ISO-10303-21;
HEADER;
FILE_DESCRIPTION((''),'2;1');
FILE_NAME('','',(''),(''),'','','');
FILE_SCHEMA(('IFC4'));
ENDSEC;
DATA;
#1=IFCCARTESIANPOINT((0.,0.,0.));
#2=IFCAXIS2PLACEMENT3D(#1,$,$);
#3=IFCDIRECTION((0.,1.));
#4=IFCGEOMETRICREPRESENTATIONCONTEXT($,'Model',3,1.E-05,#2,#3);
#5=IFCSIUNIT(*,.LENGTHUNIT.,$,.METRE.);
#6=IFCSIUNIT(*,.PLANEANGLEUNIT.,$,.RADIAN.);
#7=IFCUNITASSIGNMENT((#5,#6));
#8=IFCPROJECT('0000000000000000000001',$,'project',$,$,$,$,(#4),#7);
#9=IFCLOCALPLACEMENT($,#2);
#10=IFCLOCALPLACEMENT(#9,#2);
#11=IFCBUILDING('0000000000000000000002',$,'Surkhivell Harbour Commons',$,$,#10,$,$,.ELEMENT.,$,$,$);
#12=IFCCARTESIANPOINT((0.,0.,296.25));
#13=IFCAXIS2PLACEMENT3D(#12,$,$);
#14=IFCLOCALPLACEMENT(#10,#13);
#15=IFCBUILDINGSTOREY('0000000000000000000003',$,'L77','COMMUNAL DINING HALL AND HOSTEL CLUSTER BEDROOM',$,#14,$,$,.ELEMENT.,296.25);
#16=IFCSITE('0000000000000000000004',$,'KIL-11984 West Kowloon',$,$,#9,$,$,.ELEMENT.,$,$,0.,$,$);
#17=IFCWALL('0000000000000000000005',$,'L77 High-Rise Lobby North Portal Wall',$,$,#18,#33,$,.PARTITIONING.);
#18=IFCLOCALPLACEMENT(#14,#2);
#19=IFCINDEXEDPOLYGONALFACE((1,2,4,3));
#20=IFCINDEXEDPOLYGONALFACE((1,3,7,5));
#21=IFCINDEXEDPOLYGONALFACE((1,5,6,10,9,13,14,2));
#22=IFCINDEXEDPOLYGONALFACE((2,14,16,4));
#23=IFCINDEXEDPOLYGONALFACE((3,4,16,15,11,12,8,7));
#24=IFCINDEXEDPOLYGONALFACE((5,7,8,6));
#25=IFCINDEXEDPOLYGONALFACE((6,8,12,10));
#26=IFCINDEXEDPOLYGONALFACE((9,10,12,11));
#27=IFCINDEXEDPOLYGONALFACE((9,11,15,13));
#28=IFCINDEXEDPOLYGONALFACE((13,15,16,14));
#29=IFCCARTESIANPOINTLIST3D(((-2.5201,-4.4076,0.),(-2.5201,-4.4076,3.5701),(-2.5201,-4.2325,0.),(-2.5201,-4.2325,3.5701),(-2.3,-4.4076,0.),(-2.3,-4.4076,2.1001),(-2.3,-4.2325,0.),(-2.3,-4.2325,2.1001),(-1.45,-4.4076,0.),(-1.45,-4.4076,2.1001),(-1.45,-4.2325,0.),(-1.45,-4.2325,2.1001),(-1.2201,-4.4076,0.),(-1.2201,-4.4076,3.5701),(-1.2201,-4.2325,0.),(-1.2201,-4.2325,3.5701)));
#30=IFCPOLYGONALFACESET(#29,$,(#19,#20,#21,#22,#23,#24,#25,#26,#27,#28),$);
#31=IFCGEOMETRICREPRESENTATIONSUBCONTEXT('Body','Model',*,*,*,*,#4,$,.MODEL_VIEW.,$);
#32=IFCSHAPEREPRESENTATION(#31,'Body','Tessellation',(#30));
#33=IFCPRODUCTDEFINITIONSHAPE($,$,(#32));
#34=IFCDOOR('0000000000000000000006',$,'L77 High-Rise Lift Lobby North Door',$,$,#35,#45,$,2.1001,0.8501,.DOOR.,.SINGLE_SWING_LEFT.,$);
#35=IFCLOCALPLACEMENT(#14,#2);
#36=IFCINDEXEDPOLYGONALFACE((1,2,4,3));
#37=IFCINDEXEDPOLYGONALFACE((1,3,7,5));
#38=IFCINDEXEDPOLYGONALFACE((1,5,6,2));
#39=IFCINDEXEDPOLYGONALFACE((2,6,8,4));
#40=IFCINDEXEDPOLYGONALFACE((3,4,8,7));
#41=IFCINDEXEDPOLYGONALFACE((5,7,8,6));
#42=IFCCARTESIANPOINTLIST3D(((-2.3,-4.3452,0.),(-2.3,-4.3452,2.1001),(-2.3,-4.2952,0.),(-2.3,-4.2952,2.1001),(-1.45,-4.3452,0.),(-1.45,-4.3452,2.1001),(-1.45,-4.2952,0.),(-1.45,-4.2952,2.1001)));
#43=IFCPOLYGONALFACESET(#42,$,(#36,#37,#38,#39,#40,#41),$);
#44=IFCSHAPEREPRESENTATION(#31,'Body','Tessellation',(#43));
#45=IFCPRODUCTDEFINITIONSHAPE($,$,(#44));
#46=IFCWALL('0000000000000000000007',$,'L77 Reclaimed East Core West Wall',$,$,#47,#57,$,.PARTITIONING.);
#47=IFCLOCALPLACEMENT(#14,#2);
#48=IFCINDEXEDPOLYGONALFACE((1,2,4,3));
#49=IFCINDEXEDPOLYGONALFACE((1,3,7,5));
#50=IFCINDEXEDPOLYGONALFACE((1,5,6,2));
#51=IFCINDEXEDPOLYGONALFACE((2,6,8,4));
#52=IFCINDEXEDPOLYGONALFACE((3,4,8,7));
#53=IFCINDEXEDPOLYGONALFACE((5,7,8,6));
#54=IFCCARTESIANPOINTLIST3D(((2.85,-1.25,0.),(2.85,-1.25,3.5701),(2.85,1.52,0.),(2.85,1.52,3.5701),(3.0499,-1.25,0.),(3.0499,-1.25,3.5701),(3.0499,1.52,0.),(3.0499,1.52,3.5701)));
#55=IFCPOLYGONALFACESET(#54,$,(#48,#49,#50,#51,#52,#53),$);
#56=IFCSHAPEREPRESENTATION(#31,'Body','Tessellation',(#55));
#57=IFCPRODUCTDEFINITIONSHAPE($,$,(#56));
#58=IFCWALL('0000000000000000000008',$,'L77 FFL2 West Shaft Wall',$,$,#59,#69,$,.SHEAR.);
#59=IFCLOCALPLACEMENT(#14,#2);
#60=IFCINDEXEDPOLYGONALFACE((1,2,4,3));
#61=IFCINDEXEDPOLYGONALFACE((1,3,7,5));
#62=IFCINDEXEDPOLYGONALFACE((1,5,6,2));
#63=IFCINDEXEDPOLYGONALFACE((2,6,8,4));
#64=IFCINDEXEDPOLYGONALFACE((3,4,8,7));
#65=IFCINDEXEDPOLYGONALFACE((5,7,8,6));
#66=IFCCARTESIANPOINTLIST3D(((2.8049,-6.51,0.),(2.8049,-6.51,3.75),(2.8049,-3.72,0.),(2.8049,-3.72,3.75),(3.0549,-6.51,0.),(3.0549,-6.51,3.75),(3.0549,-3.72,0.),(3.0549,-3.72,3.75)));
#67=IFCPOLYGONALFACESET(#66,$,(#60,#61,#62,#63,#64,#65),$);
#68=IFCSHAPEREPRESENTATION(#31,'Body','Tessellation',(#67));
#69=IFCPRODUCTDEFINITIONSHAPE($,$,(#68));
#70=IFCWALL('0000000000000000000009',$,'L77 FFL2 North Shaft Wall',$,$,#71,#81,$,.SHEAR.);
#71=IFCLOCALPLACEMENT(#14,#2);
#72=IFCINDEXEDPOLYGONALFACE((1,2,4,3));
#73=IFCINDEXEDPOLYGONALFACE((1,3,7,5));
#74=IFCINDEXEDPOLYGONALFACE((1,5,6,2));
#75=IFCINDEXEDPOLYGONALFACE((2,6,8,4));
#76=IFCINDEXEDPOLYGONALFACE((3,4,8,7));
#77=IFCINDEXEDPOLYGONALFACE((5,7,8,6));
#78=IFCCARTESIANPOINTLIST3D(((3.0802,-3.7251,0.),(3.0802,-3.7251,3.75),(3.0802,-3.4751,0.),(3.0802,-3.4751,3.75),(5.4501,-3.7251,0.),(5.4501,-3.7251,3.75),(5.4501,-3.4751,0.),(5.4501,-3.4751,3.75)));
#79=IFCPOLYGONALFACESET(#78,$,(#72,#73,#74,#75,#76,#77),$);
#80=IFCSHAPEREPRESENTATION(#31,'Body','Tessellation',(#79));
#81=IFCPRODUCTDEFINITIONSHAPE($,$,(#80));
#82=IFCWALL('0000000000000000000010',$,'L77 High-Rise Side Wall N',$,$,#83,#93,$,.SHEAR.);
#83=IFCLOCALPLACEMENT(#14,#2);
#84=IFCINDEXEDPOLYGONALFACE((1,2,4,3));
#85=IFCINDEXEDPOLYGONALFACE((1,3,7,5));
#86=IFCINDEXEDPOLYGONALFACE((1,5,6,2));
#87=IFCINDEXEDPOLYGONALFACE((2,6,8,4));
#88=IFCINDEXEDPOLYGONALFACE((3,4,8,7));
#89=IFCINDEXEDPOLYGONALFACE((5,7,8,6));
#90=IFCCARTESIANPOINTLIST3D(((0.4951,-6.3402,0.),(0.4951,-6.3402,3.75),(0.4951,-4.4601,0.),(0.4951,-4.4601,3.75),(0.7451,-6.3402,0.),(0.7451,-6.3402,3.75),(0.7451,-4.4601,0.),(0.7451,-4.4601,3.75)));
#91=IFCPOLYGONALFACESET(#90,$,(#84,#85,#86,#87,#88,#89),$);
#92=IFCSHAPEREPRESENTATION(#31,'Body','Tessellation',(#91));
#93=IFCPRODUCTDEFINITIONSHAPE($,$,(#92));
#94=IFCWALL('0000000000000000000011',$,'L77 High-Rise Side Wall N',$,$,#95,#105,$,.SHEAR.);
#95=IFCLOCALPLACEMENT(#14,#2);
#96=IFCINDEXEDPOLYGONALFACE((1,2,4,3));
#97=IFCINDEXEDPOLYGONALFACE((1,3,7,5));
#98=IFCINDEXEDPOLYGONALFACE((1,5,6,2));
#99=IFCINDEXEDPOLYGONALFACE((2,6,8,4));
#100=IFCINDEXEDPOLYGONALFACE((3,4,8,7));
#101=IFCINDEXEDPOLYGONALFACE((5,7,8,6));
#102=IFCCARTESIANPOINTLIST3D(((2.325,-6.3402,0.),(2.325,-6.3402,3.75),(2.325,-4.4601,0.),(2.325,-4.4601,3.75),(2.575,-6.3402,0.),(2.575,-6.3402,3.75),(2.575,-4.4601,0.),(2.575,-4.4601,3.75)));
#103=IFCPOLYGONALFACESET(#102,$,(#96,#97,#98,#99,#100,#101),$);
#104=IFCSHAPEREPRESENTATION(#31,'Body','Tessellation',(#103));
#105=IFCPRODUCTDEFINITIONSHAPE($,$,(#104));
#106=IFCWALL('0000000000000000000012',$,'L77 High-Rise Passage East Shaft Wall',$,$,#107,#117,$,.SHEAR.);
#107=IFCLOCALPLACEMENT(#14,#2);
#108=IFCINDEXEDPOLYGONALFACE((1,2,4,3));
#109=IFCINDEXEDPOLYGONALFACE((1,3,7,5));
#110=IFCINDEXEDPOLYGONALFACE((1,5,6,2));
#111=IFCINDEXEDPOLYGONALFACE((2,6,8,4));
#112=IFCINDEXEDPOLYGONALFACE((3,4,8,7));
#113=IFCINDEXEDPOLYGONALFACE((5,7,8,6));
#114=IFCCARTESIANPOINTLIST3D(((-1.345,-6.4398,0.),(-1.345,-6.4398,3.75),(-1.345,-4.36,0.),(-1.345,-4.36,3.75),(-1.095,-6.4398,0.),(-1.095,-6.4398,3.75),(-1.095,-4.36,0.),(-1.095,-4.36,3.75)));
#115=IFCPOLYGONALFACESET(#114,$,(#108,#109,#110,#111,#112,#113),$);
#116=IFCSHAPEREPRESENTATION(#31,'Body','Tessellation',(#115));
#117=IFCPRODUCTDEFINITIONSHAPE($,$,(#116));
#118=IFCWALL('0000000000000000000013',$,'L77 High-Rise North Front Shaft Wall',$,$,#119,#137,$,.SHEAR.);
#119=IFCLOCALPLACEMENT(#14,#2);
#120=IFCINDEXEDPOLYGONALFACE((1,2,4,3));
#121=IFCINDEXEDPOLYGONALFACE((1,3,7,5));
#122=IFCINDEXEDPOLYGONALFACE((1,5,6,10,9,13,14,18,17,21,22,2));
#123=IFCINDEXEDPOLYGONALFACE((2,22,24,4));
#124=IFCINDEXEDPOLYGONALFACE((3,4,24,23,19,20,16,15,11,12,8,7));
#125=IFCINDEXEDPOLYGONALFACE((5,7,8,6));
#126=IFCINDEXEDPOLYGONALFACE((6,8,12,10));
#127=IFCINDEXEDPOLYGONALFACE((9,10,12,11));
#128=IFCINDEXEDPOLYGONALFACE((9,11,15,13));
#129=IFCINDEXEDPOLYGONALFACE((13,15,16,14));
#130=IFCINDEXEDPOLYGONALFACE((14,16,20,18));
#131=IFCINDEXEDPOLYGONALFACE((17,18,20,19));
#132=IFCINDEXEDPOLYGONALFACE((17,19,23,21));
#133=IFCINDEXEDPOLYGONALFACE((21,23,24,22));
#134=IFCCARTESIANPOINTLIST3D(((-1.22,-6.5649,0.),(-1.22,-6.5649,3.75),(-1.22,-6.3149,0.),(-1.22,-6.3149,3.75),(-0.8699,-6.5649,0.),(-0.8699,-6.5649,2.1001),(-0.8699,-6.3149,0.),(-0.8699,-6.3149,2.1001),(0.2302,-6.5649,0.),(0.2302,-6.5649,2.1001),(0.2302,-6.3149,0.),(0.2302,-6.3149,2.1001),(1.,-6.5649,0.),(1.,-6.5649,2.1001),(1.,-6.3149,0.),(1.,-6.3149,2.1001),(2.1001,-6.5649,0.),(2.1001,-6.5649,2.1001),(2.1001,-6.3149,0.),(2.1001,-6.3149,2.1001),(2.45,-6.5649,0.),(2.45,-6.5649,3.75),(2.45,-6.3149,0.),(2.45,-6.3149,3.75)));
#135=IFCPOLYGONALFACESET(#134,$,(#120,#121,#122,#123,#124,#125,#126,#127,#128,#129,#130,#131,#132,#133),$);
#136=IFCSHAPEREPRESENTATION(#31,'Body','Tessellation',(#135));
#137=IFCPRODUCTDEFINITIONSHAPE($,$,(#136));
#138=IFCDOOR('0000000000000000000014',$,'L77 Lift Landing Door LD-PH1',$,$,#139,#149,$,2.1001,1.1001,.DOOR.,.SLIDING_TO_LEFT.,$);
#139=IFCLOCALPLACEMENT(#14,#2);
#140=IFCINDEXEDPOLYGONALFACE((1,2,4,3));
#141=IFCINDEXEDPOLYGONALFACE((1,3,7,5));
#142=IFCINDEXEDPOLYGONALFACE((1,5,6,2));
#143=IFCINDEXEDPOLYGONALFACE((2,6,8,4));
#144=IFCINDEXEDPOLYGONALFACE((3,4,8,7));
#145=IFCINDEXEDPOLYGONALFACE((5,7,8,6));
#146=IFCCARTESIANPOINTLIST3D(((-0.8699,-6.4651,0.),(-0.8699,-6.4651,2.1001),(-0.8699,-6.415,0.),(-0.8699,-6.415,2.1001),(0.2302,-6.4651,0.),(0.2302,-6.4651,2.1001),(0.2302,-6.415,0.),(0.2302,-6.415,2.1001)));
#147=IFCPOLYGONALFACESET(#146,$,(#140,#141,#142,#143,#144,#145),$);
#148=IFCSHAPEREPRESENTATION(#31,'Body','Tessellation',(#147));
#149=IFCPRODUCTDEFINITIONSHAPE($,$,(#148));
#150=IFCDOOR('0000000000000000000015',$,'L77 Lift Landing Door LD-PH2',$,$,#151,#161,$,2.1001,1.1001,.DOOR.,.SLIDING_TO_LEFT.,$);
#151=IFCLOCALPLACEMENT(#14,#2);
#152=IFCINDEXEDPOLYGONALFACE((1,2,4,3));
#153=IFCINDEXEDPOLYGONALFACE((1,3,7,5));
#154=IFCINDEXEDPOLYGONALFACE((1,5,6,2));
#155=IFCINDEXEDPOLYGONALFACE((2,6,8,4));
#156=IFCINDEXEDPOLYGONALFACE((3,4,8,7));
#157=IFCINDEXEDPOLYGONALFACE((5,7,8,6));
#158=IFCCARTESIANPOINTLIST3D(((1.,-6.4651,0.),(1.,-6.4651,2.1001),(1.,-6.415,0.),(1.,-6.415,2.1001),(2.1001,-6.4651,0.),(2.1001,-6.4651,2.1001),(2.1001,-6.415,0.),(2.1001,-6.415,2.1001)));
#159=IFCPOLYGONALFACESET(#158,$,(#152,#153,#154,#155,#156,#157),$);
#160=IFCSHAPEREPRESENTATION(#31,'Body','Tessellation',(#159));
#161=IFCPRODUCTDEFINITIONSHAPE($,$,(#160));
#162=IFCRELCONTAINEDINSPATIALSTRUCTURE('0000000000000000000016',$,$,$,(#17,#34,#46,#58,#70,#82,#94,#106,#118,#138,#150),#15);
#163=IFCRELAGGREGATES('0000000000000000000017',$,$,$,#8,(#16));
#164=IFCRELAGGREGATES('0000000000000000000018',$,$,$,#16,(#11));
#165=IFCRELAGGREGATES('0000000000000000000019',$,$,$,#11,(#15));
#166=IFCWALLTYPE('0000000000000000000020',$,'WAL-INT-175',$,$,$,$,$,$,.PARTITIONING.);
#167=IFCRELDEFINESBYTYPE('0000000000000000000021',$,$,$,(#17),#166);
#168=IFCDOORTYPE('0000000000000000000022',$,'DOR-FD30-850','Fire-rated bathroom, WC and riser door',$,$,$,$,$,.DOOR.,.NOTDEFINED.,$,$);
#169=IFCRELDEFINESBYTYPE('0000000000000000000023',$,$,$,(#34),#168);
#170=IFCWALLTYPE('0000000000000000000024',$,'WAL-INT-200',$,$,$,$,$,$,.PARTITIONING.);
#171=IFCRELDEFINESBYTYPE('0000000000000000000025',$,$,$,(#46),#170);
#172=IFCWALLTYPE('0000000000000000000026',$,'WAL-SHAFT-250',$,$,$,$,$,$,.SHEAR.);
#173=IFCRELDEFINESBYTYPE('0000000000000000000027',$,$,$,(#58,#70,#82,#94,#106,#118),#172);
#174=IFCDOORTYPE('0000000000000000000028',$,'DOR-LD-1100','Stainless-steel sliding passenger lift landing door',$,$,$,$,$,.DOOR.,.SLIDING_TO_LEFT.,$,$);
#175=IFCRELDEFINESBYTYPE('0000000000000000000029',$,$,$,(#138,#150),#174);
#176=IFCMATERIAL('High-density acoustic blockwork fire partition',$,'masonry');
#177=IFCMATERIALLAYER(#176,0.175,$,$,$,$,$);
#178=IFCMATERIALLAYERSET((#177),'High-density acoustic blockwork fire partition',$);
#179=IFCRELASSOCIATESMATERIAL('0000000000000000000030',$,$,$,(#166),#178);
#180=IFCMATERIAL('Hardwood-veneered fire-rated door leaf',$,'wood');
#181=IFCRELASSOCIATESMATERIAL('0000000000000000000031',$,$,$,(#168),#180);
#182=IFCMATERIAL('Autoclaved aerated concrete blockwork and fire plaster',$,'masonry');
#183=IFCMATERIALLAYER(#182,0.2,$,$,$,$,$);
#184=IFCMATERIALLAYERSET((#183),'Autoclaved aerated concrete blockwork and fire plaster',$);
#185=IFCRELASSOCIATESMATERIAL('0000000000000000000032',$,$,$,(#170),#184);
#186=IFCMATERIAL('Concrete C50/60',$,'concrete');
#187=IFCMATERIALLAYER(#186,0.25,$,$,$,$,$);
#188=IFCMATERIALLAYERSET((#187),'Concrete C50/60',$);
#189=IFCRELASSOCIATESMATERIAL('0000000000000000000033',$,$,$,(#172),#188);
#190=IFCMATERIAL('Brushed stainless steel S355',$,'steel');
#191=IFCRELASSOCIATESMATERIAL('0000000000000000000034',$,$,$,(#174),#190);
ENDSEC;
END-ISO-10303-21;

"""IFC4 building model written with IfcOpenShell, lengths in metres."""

from ifc_helpers import new_model, si_unit, direction, frame, frame_2d, origin, place, context, subcontext, project, spatial, rectangle, extrude, material, layer, layer_set, type_object, element, fill, save


model = new_model("IFC4")

# Units and contexts
model_context = context("Model", 3, precision=1e-05, world=origin(), true_north=direction((0.0, 1.0)))
body_context = subcontext(model_context, "Body", "Model", "MODEL_VIEW")
ifc_project = project(units=[si_unit("LENGTHUNIT", "METRE"), si_unit("PLANEANGLEUNIT", "RADIAN")], contexts=[model_context])

# Site, building, storey
site_placement = place(None, origin())
site = spatial("IfcSite", under=ifc_project, at=site_placement, Name="KIL-11984 West Kowloon", CompositionType="ELEMENT", RefElevation=0.0)
building_placement = place(site_placement, origin())
building = spatial("IfcBuilding", under=site, at=building_placement, Name="Surkhivell Harbour Commons", CompositionType="ELEMENT")
storey_placement = place(building_placement, frame((0.0, 0.0, 296.25)))
storey = spatial("IfcBuildingStorey", under=building, at=storey_placement, Name="L77", Description="COMMUNAL DINING HALL AND HOSTEL CLUSTER BEDROOM", CompositionType="ELEMENT", Elevation=296.25)

# Wall, opening, door
ifc_material_1 = material(Name="High-density acoustic blockwork fire partition", Category="masonry")
ifc_layer_1 = layer(ifc_material_1, 0.175)
ifc_layer_set_1 = layer_set([ifc_layer_1], Name="High-density acoustic blockwork fire partition")
wall_type_1 = type_object("IfcWallType", Name="WAL-INT-175", PredefinedType="PARTITIONING", material=ifc_layer_set_1)
ifc_material_2 = material(Name="Hardwood-veneered fire-rated door leaf", Category="wood")
door_type_1 = type_object("IfcDoorType", Name="DOR-FD30-850", Description="Fire-rated bathroom, WC and riser door", OperationType="NOTDEFINED", PredefinedType="DOOR", material=ifc_material_2)
wall_1_placement = place(storey_placement, frame((-2.52, -4.3201, 0.0), z_axis=(0.0, 0.0, 1.0), x_axis=(1.0, 0.0, 0.0)))
wall_1 = element("IfcWall", 1, at=wall_1_placement, inside=storey, type_object=wall_type_1, Name="L77 High-Rise Lobby North Portal Wall", PredefinedType="PARTITIONING", context=body_context, shape_type="SweptSolid", body=[
    extrude(rectangle(XDim=1.3, YDim=0.175, at=frame_2d((0.6499, 0.0))), origin(), (0.0, 0.0, 1.0), 3.5701),
])
opening_1_placement = place(wall_1_placement, frame((0.22, 0.0, 0.0)))
opening_1 = element("IfcOpeningElement", 2, at=opening_1_placement, cuts=wall_1, PredefinedType="OPENING", context=body_context, shape_type="SweptSolid", body=[
    extrude(rectangle(XDim=0.8501, YDim=2.1001, at=frame_2d((0.425, 1.05))), frame((0.0, 0.0974, 0.0), z_axis=(0.0, -1.0, 0.0), x_axis=(1.0, 0.0, 0.0)), (0.0, 0.0, 1.0), 0.1951),
])
door_1_placement = place(opening_1_placement, origin())
door_1 = element("IfcDoor", 3, at=door_1_placement, inside=storey, type_object=door_type_1, Name="L77 High-Rise Lift Lobby North Door", OperationType="SINGLE_SWING_LEFT", OverallHeight=2.1001, OverallWidth=0.8501, PredefinedType="DOOR", context=body_context, shape_type="SweptSolid", body=[
    extrude(rectangle(XDim=0.8501, YDim=2.1001, at=frame_2d((0.425, 1.05))), frame((0.0, 0.0249, 0.0), z_axis=(0.0, -1.0, 0.0), x_axis=(1.0, 0.0, 0.0)), (0.0, 0.0, 1.0), 0.05),
])
fill(opening_1, door_1)

# Walls
ifc_material_3 = material(Name="Autoclaved aerated concrete blockwork and fire plaster", Category="masonry")
ifc_layer_2 = layer(ifc_material_3, 0.2)
ifc_layer_set_2 = layer_set([ifc_layer_2], Name="Autoclaved aerated concrete blockwork and fire plaster")
wall_type_2 = type_object("IfcWallType", Name="WAL-INT-200", PredefinedType="PARTITIONING", material=ifc_layer_set_2)
wall_2_placement = place(storey_placement, frame((2.95, -1.25, 0.0), z_axis=(0.0, 0.0, 1.0), x_axis=(0.0, 1.0, 0.0)))
element("IfcWall", 4, at=wall_2_placement, inside=storey, type_object=wall_type_2, Name="L77 Reclaimed East Core West Wall", PredefinedType="PARTITIONING", context=body_context, shape_type="SweptSolid", body=[
    extrude(rectangle(XDim=2.77, YDim=0.2, at=frame_2d((1.385, 0.0))), origin(), (0.0, 0.0, 1.0), 3.5701),
])
ifc_material_4 = material(Name="Concrete C50/60", Category="concrete")
ifc_layer_3 = layer(ifc_material_4, 0.25)
ifc_layer_set_3 = layer_set([ifc_layer_3], Name="Concrete C50/60")
wall_type_3 = type_object("IfcWallType", Name="WAL-SHAFT-250", PredefinedType="SHEAR", material=ifc_layer_set_3)
wall_3_placement = place(storey_placement, frame((2.9299, -6.51, 0.0), z_axis=(0.0, 0.0, 1.0), x_axis=(0.0, 1.0, 0.0)))
element("IfcWall", 5, at=wall_3_placement, inside=storey, type_object=wall_type_3, Name="L77 FFL2 West Shaft Wall", PredefinedType="SHEAR", context=body_context, shape_type="SweptSolid", body=[
    extrude(rectangle(XDim=2.79, YDim=0.25, at=frame_2d((1.395, 0.0))), origin(), (0.0, 0.0, 1.0), 3.75),
])
wall_4_placement = place(storey_placement, frame((3.0801, -3.6001, 0.0), z_axis=(0.0, 0.0, 1.0), x_axis=(1.0, 0.0, 0.0)))
element("IfcWall", 6, at=wall_4_placement, inside=storey, type_object=wall_type_3, Name="L77 FFL2 North Shaft Wall", PredefinedType="SHEAR", context=body_context, shape_type="SweptSolid", body=[
    extrude(rectangle(XDim=2.3699, YDim=0.25, at=frame_2d((1.1851, 0.0))), origin(), (0.0, 0.0, 1.0), 3.75),
])
for number, where, z_axis, x_axis, name in (
    (7, (0.6201, -6.3401, 0.0), (0.0, 0.0, 1.0), (0.0, 1.0, 0.0), "L77 High-Rise Side Wall N"),
    (8, (2.45, -6.3401, 0.0), (0.0, 0.0, 1.0), (0.0, 1.0, 0.0), "L77 High-Rise Side Wall N"),
):
    element("IfcWall", number, at=place(storey_placement, frame(where, z_axis=z_axis, x_axis=x_axis)), inside=storey, type_object=wall_type_3, Name=name, PredefinedType="SHEAR", context=body_context, shape_type="SweptSolid", body=[
        extrude(rectangle(XDim=1.8801, YDim=0.25, at=frame_2d((0.9399, 0.0))), origin(), (0.0, 0.0, 1.0), 3.75),
    ])
wall_5_placement = place(storey_placement, frame((-1.22, -6.4399, 0.0), z_axis=(0.0, 0.0, 1.0), x_axis=(0.0, 1.0, 0.0)))
element("IfcWall", 9, at=wall_5_placement, inside=storey, type_object=wall_type_3, Name="L77 High-Rise Passage East Shaft Wall", PredefinedType="SHEAR", context=body_context, shape_type="SweptSolid", body=[
    extrude(rectangle(XDim=2.0798, YDim=0.25, at=frame_2d((1.04, 0.0))), origin(), (0.0, 0.0, 1.0), 3.75),
])

# Wall, openings, doors
wall_6_placement = place(storey_placement, frame((-1.22, -6.4399, 0.0), z_axis=(0.0, 0.0, 1.0), x_axis=(1.0, 0.0, 0.0)))
wall_6 = element("IfcWall", 10, at=wall_6_placement, inside=storey, type_object=wall_type_3, Name="L77 High-Rise North Front Shaft Wall", PredefinedType="SHEAR", context=body_context, shape_type="SweptSolid", body=[
    extrude(rectangle(XDim=3.6699, YDim=0.25, at=frame_2d((1.835, 0.0))), origin(), (0.0, 0.0, 1.0), 3.75),
])
opening_2_placement = place(wall_6_placement, frame((0.3501, 0.0, 0.0)))
opening_2 = element("IfcOpeningElement", 11, at=opening_2_placement, cuts=wall_6, PredefinedType="OPENING", context=body_context, shape_type="SweptSolid", body=[
    extrude(rectangle(XDim=1.1001, YDim=2.1001, at=frame_2d((0.55, 1.05))), frame((0.0, 0.135, 0.0), z_axis=(0.0, -1.0, 0.0), x_axis=(1.0, 0.0, 0.0)), (0.0, 0.0, 1.0), 0.27),
])
opening_3_placement = place(wall_6_placement, frame((2.22, 0.0, 0.0)))
opening_3 = element("IfcOpeningElement", 12, at=opening_3_placement, cuts=wall_6, PredefinedType="OPENING", context=body_context, shape_type="SweptSolid", body=[
    extrude(rectangle(XDim=1.1001, YDim=2.1001, at=frame_2d((0.55, 1.05))), frame((0.0, 0.135, 0.0), z_axis=(0.0, -1.0, 0.0), x_axis=(1.0, 0.0, 0.0)), (0.0, 0.0, 1.0), 0.27),
])
ifc_material_5 = material(Name="Brushed stainless steel S355", Category="steel")
door_type_2 = type_object("IfcDoorType", Name="DOR-LD-1100", Description="Stainless-steel sliding passenger lift landing door", OperationType="SLIDING_TO_LEFT", PredefinedType="DOOR", material=ifc_material_5)
door_2_placement = place(opening_2_placement, origin())
door_2 = element("IfcDoor", 13, at=door_2_placement, inside=storey, type_object=door_type_2, Name="L77 Lift Landing Door LD-PH1", OperationType="SLIDING_TO_LEFT", OverallHeight=2.1001, OverallWidth=1.1001, PredefinedType="DOOR", context=body_context, shape_type="SweptSolid", body=[
    extrude(rectangle(XDim=1.1001, YDim=2.1001, at=frame_2d((0.55, 1.05))), frame((0.0, 0.0249, 0.0), z_axis=(0.0, -1.0, 0.0), x_axis=(1.0, 0.0, 0.0)), (0.0, 0.0, 1.0), 0.05),
])
fill(opening_2, door_2)
door_3_placement = place(opening_3_placement, origin())
door_3 = element("IfcDoor", 14, at=door_3_placement, inside=storey, type_object=door_type_2, Name="L77 Lift Landing Door LD-PH2", OperationType="SLIDING_TO_LEFT", OverallHeight=2.1001, OverallWidth=1.1001, PredefinedType="DOOR", context=body_context, shape_type="SweptSolid", body=[
    extrude(rectangle(XDim=1.1001, YDim=2.1001, at=frame_2d((0.55, 1.05))), frame((0.0, 0.0249, 0.0), z_axis=(0.0, -1.0, 0.0), x_axis=(1.0, 0.0, 0.0)), (0.0, 0.0, 1.0), 0.05),
])
fill(opening_3, door_3)

save(model, "model.ifc")
